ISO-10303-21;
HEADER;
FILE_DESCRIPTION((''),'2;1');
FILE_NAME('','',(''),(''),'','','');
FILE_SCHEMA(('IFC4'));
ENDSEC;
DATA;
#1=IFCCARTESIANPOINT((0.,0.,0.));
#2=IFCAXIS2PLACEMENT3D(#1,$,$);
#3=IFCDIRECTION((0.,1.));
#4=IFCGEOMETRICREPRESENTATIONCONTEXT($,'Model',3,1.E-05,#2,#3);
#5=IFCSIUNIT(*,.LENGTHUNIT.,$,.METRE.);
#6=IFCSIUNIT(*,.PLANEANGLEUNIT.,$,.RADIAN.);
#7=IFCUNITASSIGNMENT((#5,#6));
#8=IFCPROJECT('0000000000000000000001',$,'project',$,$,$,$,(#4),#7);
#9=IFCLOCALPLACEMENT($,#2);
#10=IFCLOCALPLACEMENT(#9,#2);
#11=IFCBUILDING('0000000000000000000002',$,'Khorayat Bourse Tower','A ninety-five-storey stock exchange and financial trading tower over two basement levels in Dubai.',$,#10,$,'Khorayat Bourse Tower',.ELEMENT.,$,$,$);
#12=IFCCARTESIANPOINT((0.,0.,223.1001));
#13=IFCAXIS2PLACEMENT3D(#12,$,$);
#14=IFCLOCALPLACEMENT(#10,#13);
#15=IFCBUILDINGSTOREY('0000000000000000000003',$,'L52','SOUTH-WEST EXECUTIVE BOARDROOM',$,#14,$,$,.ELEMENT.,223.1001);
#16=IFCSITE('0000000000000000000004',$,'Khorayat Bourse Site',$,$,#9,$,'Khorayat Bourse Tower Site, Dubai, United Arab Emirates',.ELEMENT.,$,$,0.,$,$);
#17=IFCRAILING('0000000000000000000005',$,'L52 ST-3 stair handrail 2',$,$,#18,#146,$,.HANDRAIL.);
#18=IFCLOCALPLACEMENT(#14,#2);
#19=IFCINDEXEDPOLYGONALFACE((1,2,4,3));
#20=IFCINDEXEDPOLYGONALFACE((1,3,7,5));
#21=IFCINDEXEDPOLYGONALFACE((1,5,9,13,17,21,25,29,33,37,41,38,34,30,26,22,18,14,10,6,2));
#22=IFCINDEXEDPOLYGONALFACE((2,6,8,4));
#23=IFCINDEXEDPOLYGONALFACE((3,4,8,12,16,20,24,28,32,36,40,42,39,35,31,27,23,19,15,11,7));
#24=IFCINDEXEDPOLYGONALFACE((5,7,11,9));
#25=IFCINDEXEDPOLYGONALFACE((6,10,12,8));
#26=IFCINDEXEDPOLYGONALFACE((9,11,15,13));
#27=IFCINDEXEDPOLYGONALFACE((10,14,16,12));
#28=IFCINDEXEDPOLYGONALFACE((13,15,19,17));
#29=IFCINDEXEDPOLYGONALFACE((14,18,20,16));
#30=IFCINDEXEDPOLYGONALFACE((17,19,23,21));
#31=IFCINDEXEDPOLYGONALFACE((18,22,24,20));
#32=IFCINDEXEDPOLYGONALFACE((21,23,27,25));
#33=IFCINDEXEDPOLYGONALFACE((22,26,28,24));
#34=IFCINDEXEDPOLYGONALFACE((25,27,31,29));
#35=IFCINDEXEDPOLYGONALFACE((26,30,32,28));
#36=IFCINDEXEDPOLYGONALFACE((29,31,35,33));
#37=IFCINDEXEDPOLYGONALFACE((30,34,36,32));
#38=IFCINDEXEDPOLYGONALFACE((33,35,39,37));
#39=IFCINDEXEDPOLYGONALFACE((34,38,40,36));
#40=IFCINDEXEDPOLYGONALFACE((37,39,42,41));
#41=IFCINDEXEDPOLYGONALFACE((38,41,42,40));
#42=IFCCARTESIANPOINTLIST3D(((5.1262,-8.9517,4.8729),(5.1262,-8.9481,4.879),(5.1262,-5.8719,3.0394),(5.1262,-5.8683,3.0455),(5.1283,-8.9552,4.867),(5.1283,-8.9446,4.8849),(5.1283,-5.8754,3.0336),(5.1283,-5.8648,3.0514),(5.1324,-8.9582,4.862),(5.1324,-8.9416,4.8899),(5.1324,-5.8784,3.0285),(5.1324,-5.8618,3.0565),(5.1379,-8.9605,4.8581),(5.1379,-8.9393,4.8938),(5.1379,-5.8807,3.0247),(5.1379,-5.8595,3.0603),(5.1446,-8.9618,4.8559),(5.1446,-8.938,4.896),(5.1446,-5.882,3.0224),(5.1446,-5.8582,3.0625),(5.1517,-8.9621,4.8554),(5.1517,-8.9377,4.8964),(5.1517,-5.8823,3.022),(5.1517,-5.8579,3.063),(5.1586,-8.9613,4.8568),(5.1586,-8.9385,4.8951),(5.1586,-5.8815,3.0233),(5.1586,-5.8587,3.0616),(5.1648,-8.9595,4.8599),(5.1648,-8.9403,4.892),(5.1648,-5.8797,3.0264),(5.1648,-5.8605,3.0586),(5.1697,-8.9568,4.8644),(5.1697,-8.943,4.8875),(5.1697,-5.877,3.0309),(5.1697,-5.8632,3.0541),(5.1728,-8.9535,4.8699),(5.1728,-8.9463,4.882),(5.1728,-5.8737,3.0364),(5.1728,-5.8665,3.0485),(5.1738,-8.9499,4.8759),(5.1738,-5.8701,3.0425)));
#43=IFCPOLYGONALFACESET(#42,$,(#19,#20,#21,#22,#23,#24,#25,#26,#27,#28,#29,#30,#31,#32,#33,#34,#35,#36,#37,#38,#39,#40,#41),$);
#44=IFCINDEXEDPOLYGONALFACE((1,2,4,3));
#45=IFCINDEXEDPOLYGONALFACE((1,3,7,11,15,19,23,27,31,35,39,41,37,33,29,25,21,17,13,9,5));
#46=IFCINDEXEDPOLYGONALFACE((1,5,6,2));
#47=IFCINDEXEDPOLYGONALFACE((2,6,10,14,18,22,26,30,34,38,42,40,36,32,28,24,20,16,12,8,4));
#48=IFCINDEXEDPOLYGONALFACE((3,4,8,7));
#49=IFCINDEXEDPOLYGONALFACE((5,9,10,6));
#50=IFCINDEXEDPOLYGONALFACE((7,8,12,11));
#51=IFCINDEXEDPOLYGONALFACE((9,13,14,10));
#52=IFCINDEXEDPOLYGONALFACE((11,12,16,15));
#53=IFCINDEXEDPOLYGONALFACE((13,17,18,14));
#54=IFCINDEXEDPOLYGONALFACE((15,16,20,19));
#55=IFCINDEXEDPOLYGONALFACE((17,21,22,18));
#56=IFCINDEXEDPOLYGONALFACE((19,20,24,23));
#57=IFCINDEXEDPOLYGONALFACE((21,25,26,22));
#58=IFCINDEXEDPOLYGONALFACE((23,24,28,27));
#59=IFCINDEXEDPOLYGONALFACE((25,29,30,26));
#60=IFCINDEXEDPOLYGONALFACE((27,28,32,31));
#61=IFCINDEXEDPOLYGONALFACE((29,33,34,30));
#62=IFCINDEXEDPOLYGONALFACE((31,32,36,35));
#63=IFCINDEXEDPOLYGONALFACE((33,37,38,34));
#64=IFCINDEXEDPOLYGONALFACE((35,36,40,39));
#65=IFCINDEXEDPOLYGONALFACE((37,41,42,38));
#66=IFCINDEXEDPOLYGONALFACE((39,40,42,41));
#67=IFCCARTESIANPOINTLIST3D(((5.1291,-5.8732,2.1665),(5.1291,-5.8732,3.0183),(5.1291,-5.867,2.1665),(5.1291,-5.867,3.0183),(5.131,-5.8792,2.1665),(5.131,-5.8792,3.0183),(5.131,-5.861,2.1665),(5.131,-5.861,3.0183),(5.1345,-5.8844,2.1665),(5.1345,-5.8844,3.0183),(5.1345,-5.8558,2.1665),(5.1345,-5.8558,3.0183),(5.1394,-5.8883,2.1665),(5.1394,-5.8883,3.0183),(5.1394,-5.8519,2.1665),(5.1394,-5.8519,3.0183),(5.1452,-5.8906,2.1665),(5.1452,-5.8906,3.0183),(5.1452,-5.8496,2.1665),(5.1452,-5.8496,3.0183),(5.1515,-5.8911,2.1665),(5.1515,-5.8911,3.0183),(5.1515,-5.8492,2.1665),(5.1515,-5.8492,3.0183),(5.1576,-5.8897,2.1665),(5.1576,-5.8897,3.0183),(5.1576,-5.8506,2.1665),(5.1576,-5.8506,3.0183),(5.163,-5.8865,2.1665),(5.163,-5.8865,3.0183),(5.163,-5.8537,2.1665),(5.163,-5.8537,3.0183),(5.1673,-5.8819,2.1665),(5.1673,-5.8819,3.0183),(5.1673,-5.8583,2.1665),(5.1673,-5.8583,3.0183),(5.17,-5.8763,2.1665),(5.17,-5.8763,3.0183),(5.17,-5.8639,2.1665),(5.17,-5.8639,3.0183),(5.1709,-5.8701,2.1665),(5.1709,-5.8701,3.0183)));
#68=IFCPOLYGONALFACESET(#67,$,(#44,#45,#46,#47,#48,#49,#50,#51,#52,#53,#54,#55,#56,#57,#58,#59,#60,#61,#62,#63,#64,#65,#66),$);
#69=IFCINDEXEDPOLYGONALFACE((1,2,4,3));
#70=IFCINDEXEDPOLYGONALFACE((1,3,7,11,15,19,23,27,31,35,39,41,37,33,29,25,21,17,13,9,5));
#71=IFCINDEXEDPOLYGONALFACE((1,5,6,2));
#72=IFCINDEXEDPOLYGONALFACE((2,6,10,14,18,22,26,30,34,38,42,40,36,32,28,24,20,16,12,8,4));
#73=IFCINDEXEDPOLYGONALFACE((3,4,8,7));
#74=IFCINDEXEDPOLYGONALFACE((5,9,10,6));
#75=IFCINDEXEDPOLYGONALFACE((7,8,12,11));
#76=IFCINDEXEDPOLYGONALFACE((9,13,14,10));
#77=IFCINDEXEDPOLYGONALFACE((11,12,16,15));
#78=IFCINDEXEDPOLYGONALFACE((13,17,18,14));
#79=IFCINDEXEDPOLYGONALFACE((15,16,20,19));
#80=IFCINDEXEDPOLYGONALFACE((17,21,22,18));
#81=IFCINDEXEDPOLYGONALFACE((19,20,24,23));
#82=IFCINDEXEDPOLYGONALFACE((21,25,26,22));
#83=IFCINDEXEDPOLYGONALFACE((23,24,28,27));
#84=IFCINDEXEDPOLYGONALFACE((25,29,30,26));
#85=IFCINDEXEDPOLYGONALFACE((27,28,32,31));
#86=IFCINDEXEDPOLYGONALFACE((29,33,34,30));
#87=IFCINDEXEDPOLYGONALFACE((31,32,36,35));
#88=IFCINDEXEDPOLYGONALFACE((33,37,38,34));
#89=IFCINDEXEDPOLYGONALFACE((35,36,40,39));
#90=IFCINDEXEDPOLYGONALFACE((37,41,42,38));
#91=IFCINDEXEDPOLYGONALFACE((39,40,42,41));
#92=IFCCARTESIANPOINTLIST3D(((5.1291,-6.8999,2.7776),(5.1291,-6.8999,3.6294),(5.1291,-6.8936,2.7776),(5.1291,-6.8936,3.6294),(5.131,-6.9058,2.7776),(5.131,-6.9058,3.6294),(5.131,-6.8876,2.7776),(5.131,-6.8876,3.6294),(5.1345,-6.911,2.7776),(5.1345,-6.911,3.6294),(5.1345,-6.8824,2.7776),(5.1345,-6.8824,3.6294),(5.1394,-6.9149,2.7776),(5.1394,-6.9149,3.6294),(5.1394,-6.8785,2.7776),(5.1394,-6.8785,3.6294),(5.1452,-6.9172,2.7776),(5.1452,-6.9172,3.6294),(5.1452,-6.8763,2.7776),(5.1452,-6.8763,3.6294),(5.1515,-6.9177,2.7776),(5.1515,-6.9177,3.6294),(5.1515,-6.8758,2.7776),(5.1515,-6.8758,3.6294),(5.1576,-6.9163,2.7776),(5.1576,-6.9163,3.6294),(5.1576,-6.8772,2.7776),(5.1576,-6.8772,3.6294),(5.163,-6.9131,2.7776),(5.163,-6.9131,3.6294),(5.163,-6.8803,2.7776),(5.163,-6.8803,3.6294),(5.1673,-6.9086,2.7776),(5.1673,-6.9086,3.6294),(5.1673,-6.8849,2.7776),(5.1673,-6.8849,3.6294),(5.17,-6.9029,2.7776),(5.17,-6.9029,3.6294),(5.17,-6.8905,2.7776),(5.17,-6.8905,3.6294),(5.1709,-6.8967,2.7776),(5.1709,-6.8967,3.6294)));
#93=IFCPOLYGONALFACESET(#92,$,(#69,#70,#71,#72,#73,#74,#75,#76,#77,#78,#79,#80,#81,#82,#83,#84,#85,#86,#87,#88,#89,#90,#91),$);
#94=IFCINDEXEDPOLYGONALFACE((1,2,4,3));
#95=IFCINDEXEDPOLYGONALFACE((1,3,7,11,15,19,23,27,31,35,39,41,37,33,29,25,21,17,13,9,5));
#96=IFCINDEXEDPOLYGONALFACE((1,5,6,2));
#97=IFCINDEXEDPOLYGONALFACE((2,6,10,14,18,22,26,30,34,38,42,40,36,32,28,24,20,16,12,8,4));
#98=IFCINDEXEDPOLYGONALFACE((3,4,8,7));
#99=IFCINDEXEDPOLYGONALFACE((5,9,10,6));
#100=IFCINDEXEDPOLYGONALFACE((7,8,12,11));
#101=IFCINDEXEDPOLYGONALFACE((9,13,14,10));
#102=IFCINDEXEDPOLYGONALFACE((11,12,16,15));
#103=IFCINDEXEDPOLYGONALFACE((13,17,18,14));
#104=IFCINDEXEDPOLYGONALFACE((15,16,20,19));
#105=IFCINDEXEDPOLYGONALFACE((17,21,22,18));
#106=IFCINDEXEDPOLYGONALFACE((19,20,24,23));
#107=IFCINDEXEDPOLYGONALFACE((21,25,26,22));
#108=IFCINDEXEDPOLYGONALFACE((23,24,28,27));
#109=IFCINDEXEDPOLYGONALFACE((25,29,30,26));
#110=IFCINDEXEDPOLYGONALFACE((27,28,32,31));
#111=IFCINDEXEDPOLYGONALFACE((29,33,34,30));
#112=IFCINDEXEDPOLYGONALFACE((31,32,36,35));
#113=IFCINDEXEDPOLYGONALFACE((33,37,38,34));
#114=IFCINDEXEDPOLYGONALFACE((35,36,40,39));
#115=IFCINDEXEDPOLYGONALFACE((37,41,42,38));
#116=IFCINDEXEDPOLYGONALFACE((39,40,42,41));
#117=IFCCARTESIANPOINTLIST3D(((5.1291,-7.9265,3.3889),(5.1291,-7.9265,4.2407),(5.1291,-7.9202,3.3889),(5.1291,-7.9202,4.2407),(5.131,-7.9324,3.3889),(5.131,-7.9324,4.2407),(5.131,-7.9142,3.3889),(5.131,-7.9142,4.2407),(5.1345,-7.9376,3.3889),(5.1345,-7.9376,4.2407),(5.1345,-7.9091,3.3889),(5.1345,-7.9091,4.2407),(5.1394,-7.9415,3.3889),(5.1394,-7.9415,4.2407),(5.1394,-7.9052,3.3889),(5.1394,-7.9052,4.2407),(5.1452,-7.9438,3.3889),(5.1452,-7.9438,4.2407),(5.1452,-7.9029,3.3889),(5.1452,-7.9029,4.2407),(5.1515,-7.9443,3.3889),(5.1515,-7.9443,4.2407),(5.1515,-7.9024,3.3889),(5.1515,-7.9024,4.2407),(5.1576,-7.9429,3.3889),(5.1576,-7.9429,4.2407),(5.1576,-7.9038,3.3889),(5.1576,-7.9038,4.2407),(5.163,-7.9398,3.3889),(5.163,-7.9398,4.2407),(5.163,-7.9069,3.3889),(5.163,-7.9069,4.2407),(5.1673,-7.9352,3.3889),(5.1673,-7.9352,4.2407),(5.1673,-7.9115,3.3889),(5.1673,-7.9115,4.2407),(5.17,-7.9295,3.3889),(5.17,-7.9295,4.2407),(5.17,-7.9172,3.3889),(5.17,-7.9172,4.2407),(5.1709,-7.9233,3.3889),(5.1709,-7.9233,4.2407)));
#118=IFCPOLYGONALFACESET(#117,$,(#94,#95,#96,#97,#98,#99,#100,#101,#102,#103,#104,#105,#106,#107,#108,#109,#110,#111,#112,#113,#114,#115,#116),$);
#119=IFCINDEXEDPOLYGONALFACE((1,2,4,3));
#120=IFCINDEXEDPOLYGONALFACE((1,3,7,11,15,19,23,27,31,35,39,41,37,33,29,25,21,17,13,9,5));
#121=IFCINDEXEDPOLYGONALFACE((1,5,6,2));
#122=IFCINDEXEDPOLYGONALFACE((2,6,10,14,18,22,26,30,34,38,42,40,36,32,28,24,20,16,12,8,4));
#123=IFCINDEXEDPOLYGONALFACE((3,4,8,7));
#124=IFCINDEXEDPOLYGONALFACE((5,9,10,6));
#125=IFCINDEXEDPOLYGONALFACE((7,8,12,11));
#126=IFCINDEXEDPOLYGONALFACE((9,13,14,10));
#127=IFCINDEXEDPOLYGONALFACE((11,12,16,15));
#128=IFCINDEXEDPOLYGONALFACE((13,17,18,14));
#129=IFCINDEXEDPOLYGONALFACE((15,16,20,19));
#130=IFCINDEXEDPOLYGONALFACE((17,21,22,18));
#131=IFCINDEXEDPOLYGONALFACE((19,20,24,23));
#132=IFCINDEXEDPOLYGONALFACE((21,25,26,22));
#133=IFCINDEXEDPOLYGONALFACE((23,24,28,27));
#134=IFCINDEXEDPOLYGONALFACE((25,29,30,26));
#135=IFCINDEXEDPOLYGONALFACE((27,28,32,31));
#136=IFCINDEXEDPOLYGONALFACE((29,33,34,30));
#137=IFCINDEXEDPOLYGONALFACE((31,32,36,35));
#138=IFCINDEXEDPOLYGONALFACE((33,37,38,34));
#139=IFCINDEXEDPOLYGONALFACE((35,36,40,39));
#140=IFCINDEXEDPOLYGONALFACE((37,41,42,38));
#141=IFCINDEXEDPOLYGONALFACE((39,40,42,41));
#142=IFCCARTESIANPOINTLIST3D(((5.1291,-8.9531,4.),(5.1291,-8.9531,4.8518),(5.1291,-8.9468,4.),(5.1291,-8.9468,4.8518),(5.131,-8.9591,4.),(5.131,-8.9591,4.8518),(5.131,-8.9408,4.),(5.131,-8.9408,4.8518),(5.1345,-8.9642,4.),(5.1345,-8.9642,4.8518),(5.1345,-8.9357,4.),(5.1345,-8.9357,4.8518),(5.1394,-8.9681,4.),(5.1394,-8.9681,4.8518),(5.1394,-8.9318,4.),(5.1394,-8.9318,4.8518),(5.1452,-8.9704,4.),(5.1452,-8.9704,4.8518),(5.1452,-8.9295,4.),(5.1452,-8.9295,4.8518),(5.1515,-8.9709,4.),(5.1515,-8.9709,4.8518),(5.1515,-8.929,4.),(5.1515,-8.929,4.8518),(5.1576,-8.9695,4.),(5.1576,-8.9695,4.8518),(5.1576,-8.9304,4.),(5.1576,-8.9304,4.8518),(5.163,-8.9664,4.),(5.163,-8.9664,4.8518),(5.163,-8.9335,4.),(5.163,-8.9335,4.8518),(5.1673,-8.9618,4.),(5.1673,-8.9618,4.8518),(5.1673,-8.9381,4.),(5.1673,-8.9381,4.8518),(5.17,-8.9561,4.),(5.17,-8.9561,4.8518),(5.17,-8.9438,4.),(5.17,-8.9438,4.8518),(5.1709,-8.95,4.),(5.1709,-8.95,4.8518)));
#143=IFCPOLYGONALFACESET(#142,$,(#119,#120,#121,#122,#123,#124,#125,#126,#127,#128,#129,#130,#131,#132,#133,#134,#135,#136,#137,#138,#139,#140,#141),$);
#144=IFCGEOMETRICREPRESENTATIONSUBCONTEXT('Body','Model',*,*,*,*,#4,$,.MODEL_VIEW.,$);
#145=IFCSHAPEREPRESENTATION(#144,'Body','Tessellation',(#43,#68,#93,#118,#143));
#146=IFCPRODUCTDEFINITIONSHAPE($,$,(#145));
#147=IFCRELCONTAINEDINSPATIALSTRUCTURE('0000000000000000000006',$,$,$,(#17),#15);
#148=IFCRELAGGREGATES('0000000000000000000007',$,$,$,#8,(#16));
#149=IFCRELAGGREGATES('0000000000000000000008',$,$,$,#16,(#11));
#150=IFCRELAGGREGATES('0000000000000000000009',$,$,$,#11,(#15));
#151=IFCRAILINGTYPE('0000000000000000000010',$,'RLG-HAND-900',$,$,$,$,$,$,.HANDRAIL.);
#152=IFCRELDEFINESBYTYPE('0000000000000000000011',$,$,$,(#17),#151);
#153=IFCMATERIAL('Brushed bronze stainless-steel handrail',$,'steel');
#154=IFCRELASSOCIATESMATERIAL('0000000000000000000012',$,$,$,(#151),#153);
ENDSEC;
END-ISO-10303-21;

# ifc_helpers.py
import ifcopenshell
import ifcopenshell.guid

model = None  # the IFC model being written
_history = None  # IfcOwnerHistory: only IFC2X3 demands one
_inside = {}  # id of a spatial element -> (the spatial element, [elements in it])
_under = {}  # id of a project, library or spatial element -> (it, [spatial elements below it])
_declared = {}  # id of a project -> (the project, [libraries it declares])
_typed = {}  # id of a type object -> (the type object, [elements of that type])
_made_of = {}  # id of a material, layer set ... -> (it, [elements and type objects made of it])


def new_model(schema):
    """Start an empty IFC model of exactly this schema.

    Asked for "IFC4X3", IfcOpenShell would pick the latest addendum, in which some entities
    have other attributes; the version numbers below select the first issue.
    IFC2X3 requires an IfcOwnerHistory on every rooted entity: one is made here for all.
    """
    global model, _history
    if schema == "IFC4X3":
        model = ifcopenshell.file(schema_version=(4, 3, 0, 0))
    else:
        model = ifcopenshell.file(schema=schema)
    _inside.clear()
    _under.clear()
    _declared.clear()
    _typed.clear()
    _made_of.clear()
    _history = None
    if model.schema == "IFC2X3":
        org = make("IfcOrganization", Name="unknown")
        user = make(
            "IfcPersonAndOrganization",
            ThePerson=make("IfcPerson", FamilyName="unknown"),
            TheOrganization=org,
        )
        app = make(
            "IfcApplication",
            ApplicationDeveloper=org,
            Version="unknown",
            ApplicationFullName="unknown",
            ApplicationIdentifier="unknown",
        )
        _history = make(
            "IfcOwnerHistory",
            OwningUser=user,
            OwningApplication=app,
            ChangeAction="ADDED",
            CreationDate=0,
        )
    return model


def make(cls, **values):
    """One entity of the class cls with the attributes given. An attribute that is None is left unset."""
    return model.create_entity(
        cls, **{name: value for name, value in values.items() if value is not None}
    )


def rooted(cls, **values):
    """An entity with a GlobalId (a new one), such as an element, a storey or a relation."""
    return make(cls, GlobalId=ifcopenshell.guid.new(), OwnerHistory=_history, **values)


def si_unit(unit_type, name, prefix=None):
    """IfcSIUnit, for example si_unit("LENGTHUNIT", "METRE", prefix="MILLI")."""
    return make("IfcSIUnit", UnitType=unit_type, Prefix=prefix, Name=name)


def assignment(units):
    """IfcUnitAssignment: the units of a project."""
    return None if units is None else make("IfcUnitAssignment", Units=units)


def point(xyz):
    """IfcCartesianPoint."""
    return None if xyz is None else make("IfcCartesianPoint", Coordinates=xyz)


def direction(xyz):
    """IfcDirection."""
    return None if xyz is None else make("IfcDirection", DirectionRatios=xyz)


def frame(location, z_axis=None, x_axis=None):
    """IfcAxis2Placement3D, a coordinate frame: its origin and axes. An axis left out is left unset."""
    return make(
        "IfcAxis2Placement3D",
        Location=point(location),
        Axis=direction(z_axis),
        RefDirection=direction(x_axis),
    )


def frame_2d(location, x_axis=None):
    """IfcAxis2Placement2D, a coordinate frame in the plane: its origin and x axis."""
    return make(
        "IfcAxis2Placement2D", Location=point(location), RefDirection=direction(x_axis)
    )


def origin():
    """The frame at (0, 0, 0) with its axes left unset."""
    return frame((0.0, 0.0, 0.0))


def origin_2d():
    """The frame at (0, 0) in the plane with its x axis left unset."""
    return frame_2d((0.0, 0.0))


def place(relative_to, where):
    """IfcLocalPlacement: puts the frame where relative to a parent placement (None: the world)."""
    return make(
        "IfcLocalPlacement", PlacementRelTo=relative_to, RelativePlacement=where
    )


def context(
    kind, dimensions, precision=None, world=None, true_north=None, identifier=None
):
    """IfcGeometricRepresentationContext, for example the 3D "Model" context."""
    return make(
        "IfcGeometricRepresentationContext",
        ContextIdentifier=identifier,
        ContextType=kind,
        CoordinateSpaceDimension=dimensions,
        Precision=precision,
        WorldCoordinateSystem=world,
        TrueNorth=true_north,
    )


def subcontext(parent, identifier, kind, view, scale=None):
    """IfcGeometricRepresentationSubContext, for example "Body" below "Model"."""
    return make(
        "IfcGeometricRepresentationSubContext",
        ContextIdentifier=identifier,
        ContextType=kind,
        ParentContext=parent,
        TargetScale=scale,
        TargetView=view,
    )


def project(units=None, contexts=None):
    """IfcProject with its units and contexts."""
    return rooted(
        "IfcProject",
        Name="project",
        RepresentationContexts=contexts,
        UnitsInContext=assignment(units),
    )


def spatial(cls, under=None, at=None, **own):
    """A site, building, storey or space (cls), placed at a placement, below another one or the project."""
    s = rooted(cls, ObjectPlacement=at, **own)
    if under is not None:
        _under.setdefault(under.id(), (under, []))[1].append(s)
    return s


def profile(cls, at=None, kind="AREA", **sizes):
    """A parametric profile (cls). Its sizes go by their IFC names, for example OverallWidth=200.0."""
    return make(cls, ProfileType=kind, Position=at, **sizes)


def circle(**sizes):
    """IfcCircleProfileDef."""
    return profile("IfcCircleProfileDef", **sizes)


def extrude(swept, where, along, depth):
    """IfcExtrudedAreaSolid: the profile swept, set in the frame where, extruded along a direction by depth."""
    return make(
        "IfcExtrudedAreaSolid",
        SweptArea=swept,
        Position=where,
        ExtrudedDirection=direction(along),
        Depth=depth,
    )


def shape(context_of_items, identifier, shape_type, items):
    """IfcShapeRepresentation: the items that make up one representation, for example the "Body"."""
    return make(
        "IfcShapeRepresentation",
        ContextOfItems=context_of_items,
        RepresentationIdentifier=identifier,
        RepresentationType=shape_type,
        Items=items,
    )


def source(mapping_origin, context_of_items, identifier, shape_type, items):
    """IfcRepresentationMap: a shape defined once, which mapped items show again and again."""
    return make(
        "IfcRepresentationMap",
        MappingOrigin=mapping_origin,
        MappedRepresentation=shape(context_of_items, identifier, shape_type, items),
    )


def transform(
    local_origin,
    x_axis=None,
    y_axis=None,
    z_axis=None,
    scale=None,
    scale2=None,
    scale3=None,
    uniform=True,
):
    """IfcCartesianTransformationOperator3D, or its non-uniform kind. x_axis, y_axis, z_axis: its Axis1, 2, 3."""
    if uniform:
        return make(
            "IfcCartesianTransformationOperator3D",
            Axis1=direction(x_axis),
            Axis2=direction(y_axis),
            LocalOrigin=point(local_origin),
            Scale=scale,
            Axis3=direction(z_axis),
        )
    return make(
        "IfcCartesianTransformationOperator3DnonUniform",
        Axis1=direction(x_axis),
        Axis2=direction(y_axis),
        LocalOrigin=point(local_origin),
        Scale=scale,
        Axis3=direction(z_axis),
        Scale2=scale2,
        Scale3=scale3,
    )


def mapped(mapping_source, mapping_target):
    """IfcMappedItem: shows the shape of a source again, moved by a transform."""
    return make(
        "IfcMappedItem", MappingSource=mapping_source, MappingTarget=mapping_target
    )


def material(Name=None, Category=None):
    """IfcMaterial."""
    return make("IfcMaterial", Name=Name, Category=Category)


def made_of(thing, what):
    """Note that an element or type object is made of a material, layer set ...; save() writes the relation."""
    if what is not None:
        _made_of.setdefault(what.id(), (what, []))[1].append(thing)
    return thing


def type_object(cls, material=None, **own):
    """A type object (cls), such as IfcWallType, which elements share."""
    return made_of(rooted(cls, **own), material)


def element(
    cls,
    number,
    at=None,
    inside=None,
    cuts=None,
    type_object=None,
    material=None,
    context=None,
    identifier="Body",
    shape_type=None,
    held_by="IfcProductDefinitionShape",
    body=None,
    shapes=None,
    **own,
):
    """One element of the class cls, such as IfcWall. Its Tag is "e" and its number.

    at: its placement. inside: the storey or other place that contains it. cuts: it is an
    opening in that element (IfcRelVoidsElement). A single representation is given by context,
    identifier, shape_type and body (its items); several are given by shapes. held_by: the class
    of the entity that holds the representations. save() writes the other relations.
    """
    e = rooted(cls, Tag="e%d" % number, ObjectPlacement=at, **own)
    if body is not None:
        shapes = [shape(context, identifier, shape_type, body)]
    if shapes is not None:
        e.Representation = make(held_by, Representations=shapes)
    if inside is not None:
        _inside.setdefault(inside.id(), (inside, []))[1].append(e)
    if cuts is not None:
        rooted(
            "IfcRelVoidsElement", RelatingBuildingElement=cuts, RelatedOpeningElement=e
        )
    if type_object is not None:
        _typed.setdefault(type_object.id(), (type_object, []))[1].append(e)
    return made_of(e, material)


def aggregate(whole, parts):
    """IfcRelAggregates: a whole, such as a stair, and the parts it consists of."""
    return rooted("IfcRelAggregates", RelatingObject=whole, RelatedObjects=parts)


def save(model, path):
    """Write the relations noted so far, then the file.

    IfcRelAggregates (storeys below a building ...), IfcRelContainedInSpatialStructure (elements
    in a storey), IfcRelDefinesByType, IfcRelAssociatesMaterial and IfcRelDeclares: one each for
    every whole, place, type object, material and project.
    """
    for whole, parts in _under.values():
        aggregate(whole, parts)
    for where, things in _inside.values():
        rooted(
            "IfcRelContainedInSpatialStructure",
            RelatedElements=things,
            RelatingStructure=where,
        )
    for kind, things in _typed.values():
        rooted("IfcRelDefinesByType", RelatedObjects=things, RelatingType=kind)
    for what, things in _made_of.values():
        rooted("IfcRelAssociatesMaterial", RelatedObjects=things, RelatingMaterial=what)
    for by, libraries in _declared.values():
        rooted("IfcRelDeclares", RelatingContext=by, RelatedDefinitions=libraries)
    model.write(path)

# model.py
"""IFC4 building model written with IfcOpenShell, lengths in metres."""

from ifc_helpers import new_model, si_unit, direction, frame, origin, origin_2d, place, context, subcontext, project, spatial, circle, extrude, source, transform, mapped, material, type_object, element, save


model = new_model("IFC4")

# Units and contexts
model_context = context("Model", 3, precision=1e-05, world=origin(), true_north=direction((0.0, 1.0)))
body_context = subcontext(model_context, "Body", "Model", "MODEL_VIEW")
ifc_project = project(units=[si_unit("LENGTHUNIT", "METRE"), si_unit("PLANEANGLEUNIT", "RADIAN")], contexts=[model_context])

# Site, building, storey
site_placement = place(None, origin())
site = spatial("IfcSite", under=ifc_project, at=site_placement, Name="Khorayat Bourse Site", LongName="Khorayat Bourse Tower Site, Dubai, United Arab Emirates", CompositionType="ELEMENT", RefElevation=0.0)
building_placement = place(site_placement, origin())
building = spatial("IfcBuilding", under=site, at=building_placement, Name="Khorayat Bourse Tower", Description="A ninety-five-storey stock exchange and financial trading tower over two basement levels in Dubai.", LongName="Khorayat Bourse Tower", CompositionType="ELEMENT")
storey_placement = place(building_placement, frame((0.0, 0.0, 223.1001)))
storey = spatial("IfcBuildingStorey", under=building, at=storey_placement, Name="L52", Description="SOUTH-WEST EXECUTIVE BOARDROOM", CompositionType="ELEMENT", Elevation=223.1001)

# Railing
ifc_material_1 = material(Name="Brushed bronze stainless-steel handrail", Category="steel")
railing_type_1 = type_object("IfcRailingType", Name="RLG-HAND-900", PredefinedType="HANDRAIL", material=ifc_material_1)
shared_shape_1 = source(origin(), body_context, "Body", "SweptSolid", [
    extrude(circle(Radius=0.0239, at=origin_2d()), frame((0.0, 0.0, 0.876), z_axis=(0.0, -0.859261, 0.511538), x_axis=(1.0, 0.0, 0.0)), (0.0, 0.0, 1.0), 3.5842),
    extrude(circle(Radius=0.021, at=origin_2d()), origin(), (0.0, 0.0, 1.0), 0.8518),
    extrude(circle(Radius=0.021, at=origin_2d()), frame((0.0, -1.0266, 0.6111)), (0.0, 0.0, 1.0), 0.8518),
    extrude(circle(Radius=0.021, at=origin_2d()), frame((0.0, -2.0532, 1.2224)), (0.0, 0.0, 1.0), 0.8518),
    extrude(circle(Radius=0.021, at=origin_2d()), frame((0.0, -3.0798, 1.8335)), (0.0, 0.0, 1.0), 0.8518),
])
railing_1_placement = place(storey_placement, frame((5.1499, -5.8701, 2.1665)))
element("IfcRailing", 1, at=railing_1_placement, inside=storey, type_object=railing_type_1, Name="L52 ST-3 stair handrail 2", PredefinedType="HANDRAIL", context=body_context, shape_type="MappedRepresentation", body=[
    mapped(shared_shape_1, transform((0.0, 0.0, 0.0), scale=1.0)),
])

save(model, "model.ifc")
